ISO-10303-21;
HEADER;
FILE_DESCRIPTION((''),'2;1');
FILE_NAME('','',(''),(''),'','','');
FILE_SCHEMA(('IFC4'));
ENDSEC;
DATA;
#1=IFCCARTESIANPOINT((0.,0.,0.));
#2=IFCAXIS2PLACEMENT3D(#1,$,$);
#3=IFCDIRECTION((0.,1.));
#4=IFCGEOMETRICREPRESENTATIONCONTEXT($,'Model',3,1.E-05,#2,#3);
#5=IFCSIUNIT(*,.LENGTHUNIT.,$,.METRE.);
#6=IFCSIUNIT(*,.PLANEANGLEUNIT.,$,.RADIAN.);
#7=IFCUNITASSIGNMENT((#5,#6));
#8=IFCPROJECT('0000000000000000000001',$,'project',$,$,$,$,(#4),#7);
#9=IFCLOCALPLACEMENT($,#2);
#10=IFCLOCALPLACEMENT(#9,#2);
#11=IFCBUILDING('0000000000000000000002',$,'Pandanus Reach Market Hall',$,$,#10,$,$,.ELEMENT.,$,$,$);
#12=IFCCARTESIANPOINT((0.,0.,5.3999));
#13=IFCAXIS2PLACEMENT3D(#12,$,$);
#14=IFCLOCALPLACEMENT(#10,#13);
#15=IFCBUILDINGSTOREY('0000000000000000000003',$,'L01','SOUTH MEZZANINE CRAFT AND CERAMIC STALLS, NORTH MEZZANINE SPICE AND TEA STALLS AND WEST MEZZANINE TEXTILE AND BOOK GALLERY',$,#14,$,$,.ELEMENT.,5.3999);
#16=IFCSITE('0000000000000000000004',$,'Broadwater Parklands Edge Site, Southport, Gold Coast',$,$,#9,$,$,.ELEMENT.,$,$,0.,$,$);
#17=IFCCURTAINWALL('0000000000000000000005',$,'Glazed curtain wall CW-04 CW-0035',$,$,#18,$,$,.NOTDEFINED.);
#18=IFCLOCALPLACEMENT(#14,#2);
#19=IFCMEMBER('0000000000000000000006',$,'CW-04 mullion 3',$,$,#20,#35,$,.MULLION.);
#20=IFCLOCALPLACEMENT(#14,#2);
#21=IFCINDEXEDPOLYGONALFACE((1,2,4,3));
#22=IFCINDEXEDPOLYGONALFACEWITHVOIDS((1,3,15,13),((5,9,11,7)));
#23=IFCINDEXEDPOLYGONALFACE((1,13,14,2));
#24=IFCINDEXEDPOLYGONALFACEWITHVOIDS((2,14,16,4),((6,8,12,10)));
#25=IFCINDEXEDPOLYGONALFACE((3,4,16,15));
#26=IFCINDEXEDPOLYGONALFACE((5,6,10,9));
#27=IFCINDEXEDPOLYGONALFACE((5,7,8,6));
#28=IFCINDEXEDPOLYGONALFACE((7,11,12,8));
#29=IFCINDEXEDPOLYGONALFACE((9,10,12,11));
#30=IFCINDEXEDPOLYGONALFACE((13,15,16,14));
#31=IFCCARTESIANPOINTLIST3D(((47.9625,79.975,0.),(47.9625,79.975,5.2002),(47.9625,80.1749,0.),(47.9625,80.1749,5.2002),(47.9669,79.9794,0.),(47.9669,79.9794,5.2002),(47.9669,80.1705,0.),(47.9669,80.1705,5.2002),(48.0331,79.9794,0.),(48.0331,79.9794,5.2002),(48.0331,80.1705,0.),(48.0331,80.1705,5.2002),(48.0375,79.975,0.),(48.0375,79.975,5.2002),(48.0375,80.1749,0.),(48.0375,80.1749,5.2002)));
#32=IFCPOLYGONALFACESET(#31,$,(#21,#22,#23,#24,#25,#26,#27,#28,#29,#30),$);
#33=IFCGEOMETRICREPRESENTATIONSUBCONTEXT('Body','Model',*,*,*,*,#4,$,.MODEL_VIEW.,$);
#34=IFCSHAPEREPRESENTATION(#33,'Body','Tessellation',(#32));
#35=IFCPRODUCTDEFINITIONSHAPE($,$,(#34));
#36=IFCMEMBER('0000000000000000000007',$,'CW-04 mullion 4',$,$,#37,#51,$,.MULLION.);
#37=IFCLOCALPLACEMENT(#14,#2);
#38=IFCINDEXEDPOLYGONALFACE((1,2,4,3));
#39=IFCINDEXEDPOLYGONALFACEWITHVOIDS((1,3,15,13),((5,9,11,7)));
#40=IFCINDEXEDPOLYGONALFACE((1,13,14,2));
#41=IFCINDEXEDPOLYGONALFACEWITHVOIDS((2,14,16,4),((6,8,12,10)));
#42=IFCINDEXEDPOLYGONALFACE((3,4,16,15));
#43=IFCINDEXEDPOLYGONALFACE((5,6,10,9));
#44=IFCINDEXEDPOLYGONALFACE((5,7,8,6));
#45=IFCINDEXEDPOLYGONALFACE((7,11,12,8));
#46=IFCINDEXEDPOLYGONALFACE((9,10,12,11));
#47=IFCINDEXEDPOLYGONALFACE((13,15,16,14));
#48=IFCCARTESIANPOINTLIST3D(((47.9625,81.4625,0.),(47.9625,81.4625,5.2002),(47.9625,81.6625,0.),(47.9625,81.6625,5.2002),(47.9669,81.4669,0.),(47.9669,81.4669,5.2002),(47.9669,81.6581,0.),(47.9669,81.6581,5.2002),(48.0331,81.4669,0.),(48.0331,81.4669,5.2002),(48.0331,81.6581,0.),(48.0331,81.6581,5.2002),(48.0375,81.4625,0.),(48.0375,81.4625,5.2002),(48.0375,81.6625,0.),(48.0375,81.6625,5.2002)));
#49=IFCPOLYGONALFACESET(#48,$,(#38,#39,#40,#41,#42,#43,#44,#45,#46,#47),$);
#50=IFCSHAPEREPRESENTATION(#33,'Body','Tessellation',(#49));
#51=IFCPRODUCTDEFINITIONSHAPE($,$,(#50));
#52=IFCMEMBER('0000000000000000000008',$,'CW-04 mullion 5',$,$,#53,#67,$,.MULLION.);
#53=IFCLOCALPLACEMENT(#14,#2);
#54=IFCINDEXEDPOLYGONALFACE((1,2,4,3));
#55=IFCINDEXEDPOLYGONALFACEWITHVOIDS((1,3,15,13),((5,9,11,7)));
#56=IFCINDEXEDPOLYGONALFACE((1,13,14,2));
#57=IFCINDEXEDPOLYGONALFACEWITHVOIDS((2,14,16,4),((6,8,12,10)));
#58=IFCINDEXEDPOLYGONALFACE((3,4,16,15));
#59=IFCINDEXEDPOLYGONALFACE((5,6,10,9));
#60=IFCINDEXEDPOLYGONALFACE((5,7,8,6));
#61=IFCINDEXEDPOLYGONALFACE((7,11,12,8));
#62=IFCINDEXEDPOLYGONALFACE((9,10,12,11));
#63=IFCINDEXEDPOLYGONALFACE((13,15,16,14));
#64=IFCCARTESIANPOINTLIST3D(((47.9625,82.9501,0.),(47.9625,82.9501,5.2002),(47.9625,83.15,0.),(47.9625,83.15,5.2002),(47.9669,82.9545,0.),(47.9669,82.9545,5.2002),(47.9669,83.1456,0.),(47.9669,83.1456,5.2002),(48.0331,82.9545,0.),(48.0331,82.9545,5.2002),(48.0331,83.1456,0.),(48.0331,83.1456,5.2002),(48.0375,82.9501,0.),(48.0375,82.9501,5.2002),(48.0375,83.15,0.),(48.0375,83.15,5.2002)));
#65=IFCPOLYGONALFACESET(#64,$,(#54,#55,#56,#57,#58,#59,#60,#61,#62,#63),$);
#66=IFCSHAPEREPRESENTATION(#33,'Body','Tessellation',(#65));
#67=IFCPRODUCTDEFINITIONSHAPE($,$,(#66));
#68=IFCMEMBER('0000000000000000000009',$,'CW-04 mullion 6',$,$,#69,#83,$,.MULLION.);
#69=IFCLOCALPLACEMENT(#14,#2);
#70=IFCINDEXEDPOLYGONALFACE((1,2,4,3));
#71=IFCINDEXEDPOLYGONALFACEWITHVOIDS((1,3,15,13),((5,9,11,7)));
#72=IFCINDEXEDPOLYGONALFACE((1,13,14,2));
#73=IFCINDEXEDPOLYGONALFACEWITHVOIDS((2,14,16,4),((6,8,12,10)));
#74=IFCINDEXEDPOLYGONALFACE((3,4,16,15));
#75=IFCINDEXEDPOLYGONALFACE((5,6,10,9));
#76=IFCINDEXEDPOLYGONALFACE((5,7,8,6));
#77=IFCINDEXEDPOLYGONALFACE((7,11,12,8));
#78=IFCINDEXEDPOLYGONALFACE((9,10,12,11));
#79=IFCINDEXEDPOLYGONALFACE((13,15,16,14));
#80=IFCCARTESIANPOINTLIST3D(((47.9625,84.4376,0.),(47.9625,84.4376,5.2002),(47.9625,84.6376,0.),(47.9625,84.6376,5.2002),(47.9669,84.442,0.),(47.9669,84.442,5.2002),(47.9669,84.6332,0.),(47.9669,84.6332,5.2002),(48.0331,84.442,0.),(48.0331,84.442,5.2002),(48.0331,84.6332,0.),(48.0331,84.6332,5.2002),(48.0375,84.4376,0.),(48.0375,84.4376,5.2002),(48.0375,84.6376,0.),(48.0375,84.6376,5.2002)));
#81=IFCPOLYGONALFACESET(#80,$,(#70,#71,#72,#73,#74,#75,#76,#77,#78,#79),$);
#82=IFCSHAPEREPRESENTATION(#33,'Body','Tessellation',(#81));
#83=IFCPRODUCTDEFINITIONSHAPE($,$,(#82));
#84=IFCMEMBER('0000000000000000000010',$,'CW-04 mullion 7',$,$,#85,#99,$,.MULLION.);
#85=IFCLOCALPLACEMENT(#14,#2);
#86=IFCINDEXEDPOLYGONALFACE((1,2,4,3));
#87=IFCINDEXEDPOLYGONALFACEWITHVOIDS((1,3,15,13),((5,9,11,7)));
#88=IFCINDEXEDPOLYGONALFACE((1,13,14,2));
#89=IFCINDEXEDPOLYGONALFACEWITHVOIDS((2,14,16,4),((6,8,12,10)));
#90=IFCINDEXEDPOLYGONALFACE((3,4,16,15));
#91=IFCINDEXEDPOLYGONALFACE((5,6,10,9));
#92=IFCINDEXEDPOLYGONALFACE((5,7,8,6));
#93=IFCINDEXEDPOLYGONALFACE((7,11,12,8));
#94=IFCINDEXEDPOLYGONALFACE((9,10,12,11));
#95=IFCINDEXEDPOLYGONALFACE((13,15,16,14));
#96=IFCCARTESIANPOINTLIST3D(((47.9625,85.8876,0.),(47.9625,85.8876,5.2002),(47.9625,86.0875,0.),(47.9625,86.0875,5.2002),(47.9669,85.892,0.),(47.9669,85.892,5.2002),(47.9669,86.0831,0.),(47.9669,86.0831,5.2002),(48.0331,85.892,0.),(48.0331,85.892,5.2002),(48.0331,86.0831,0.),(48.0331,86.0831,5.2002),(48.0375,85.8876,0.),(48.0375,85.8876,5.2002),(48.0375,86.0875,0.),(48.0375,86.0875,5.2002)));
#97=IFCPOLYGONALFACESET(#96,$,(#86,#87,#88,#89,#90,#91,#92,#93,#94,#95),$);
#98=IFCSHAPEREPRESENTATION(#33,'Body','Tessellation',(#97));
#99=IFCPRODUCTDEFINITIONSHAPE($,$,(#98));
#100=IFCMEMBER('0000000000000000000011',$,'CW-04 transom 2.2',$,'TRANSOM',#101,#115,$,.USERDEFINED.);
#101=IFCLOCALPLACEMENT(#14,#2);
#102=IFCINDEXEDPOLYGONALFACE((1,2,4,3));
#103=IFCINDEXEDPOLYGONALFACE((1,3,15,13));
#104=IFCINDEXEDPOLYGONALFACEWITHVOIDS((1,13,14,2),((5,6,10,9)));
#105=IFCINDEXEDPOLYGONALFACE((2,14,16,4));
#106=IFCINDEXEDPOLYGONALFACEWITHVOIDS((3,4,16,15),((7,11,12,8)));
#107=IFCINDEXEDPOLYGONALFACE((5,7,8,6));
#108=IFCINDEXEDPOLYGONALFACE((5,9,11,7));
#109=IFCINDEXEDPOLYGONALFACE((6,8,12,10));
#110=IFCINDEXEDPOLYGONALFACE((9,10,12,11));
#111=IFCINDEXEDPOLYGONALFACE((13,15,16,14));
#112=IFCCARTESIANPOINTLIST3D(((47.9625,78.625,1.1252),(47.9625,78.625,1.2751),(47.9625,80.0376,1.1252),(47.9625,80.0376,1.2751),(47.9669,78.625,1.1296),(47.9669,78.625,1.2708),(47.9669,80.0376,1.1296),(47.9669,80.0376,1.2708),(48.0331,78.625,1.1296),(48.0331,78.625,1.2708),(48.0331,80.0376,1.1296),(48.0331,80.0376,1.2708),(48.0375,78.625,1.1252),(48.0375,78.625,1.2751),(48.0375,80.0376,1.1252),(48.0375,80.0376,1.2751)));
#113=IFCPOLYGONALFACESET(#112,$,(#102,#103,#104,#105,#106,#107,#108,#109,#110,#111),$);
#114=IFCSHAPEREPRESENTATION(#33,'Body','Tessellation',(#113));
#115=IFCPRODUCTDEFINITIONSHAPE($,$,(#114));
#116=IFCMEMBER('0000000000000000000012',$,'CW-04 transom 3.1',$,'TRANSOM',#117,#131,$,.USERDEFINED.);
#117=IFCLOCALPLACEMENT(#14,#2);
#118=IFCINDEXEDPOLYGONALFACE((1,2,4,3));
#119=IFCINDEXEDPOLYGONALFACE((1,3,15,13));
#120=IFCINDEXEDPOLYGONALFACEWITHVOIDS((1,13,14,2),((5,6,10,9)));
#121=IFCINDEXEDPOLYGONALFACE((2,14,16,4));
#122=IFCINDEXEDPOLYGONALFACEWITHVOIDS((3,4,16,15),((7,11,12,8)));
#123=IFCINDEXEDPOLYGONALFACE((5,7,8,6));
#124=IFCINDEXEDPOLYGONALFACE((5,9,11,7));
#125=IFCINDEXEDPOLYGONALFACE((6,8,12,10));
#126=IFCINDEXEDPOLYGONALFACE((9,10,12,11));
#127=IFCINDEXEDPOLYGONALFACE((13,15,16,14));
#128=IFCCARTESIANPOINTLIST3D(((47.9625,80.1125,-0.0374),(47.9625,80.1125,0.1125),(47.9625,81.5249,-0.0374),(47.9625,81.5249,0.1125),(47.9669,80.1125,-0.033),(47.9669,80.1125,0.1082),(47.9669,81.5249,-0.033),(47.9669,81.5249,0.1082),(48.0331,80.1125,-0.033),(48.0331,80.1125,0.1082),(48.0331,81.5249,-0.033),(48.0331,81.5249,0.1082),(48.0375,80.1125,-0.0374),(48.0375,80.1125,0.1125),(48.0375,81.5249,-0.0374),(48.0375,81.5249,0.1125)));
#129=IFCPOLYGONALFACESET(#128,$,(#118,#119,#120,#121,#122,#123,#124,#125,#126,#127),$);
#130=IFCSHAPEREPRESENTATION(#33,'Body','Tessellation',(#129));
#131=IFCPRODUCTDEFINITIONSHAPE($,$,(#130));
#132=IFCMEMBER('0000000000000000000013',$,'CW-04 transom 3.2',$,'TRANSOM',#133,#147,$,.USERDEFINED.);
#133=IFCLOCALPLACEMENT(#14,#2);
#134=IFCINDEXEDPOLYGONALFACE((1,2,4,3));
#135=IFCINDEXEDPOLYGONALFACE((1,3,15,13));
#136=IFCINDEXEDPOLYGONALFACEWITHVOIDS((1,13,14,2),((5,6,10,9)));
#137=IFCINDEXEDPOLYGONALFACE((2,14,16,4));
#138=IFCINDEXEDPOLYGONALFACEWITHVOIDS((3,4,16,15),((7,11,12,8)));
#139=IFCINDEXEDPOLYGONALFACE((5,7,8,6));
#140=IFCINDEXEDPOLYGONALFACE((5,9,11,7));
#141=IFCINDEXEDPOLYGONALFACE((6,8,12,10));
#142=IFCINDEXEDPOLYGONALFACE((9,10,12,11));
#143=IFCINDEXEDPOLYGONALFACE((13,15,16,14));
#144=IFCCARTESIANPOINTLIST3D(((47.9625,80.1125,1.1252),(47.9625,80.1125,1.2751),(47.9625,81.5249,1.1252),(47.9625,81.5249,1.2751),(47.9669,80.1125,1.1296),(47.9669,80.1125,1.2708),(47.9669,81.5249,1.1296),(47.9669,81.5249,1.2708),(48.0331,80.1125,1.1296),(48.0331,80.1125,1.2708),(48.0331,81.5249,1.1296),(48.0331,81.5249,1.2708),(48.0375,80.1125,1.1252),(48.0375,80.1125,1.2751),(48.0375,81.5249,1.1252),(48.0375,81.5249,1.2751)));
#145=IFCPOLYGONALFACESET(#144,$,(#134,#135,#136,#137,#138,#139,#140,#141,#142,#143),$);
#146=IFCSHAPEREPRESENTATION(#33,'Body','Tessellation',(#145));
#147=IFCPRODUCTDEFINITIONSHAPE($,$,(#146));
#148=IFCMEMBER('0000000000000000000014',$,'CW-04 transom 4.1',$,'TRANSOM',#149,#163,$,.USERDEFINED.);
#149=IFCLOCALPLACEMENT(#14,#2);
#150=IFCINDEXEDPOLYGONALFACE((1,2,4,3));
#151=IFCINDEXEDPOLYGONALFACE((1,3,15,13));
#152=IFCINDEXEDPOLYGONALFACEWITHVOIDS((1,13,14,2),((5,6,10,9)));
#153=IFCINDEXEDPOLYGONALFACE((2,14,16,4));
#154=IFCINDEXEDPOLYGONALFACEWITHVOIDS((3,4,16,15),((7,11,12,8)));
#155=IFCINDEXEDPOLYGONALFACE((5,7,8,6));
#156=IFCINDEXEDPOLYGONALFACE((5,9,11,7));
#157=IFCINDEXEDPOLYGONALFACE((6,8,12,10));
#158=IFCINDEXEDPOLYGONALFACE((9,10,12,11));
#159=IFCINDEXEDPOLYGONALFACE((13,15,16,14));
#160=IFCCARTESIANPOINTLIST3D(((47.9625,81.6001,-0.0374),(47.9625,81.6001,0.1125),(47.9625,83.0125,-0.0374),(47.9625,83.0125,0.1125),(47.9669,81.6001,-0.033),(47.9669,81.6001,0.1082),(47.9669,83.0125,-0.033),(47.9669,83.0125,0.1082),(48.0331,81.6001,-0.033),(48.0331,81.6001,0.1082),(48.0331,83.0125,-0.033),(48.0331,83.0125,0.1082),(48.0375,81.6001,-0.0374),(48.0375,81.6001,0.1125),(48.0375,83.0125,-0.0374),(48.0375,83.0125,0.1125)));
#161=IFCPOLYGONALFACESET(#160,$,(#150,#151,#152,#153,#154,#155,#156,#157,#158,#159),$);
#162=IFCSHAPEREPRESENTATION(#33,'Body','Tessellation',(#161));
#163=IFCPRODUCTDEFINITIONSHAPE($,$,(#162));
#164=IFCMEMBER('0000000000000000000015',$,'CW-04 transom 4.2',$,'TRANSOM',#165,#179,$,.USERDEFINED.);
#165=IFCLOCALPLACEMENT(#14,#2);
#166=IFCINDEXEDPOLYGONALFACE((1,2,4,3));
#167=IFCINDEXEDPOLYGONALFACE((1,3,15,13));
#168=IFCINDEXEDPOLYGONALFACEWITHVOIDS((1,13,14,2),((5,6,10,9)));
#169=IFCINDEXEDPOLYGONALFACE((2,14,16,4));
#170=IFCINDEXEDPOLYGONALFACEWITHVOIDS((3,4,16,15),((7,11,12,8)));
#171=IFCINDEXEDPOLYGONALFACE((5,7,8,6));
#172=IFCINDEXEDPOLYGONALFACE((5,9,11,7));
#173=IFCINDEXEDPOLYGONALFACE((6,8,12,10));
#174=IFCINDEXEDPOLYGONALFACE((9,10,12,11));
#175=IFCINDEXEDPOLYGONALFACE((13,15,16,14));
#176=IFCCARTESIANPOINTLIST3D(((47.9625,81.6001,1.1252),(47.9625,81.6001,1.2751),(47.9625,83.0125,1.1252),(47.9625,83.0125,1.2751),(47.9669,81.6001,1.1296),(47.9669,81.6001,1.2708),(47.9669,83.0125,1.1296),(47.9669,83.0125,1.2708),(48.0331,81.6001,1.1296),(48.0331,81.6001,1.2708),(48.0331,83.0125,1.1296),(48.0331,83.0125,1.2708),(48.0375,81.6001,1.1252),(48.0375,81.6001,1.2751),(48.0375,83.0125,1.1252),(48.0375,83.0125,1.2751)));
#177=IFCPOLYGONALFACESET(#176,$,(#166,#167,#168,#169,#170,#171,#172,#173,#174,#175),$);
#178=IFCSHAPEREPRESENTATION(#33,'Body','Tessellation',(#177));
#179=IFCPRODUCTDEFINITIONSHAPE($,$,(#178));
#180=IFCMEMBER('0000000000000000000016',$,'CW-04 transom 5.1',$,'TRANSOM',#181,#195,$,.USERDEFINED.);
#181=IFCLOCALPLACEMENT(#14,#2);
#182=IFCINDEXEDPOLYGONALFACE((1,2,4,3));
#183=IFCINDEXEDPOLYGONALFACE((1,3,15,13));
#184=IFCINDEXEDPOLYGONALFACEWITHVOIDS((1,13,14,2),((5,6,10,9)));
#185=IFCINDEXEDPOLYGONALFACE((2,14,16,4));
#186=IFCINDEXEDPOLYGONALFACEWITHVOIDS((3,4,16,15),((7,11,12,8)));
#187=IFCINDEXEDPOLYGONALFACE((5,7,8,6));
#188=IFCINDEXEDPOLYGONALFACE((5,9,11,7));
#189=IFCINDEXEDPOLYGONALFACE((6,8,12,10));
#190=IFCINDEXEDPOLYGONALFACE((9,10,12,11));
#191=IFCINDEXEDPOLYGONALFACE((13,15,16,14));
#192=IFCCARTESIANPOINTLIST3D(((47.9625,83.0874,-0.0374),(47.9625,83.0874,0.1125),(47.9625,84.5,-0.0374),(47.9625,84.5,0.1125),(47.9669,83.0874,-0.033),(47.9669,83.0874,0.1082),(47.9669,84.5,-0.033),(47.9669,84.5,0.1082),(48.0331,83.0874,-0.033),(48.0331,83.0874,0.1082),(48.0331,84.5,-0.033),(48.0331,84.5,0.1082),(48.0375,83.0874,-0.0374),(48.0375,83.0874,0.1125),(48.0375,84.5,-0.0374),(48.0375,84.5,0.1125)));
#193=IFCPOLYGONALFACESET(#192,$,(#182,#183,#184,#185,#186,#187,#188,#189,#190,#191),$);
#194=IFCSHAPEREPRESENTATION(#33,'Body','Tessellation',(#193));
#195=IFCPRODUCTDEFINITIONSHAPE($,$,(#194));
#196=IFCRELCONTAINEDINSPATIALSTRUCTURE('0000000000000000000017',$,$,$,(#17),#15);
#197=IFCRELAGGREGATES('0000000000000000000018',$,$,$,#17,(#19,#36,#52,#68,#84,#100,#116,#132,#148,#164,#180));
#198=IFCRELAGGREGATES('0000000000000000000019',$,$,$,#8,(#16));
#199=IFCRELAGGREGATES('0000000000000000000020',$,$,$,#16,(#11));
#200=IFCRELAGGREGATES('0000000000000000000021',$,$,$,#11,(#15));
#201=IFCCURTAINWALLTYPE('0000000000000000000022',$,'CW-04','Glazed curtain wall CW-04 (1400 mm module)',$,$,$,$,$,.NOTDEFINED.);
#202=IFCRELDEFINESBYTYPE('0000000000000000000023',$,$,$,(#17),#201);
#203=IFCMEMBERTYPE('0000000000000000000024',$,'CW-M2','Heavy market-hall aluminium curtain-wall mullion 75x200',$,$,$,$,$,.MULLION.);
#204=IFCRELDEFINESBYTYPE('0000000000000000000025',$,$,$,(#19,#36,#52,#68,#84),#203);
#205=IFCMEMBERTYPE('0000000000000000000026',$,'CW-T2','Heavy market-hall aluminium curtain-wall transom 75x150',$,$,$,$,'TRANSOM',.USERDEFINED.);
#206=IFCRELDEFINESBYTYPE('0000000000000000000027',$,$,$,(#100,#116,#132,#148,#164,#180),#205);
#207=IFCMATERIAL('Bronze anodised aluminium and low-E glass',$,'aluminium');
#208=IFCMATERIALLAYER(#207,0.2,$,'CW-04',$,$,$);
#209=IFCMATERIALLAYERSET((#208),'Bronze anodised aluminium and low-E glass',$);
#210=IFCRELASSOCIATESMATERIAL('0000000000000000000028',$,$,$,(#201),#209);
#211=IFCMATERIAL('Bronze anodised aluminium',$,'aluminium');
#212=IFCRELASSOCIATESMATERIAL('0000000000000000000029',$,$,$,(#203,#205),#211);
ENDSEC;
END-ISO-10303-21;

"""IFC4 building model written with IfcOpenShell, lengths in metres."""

from ifc_helpers import new_model, si_unit, direction, frame, origin, origin_2d, place, context, subcontext, project, spatial, hollow_rectangle, extrude, material, layer, layer_set, material_profile, profile_set, type_object, element, aggregate, save


model = new_model("IFC4")

# Units and contexts
model_context = context("Model", 3, precision=1e-05, world=origin(), true_north=direction((0.0, 1.0)))
body_context = subcontext(model_context, "Body", "Model", "MODEL_VIEW")
ifc_project = project(units=[si_unit("LENGTHUNIT", "METRE"), si_unit("PLANEANGLEUNIT", "RADIAN")], contexts=[model_context])

# Site, building, storey
site_placement = place(None, origin())
site = spatial("IfcSite", under=ifc_project, at=site_placement, Name="Broadwater Parklands Edge Site, Southport, Gold Coast", CompositionType="ELEMENT", RefElevation=0.0)
building_placement = place(site_placement, origin())
building = spatial("IfcBuilding", under=site, at=building_placement, Name="Pandanus Reach Market Hall", CompositionType="ELEMENT")
storey_placement = place(building_placement, frame((0.0, 0.0, 5.3999)))
storey = spatial("IfcBuildingStorey", under=building, at=storey_placement, Name="L01", Description="SOUTH MEZZANINE CRAFT AND CERAMIC STALLS, NORTH MEZZANINE SPICE AND TEA STALLS AND WEST MEZZANINE TEXTILE AND BOOK GALLERY", CompositionType="ELEMENT", Elevation=5.3999)

# Curtain wall, members
ifc_material_1 = material(Name="Bronze anodised aluminium and low-E glass", Category="aluminium")
ifc_layer_1 = layer(ifc_material_1, 0.2, Name="CW-04")
ifc_layer_set_1 = layer_set([ifc_layer_1], Name="Bronze anodised aluminium and low-E glass")
curtain_wall_type = type_object("IfcCurtainWallType", Name="CW-04", Description="Glazed curtain wall CW-04 (1400 mm module)", PredefinedType="NOTDEFINED", material=ifc_layer_set_1)
curtain_wall_placement = place(storey_placement, origin())
curtain_wall = element("IfcCurtainWall", 1, at=curtain_wall_placement, inside=storey, type_object=curtain_wall_type, Name="Glazed curtain wall CW-04 CW-0035", PredefinedType="NOTDEFINED")
ifc_material_2 = material(Name="Bronze anodised aluminium", Category="aluminium")
ifc_material_profile_1 = material_profile(ifc_material_2, hollow_rectangle(XDim=0.075, YDim=0.2, WallThickness=0.0044, at=origin_2d()), Name="ALU75x200", Category="LoadBearing")
ifc_profile_set_1 = profile_set([ifc_material_profile_1], Name="Bronze anodised aluminium")
member_type_1 = type_object("IfcMemberType", Name="CW-M2", Description="Heavy market-hall aluminium curtain-wall mullion 75x200", PredefinedType="MULLION", material=ifc_profile_set_1)
member_1_placement = place(storey_placement, frame((48.0, 80.075, 0.0), z_axis=(0.0, 0.0, 1.0), x_axis=(-1.0, 0.0, 0.0)))
member_1 = element("IfcMember", 2, at=member_1_placement, type_object=member_type_1, Name="CW-04 mullion 3", PredefinedType="MULLION", context=body_context, shape_type="SweptSolid", body=[
    extrude(hollow_rectangle(XDim=0.075, YDim=0.2, WallThickness=0.0044, at=origin_2d()), origin(), (0.0, 0.0, 1.0), 5.2002),
])
member_2_placement = place(storey_placement, frame((48.0, 81.5625, 0.0), z_axis=(0.0, 0.0, 1.0), x_axis=(-1.0, 0.0, 0.0)))
member_2 = element("IfcMember", 3, at=member_2_placement, type_object=member_type_1, Name="CW-04 mullion 4", PredefinedType="MULLION", context=body_context, shape_type="SweptSolid", body=[
    extrude(hollow_rectangle(XDim=0.075, YDim=0.2, WallThickness=0.0044, at=origin_2d()), origin(), (0.0, 0.0, 1.0), 5.2002),
])
member_3_placement = place(storey_placement, frame((48.0, 83.05, 0.0), z_axis=(0.0, 0.0, 1.0), x_axis=(-1.0, 0.0, 0.0)))
member_3 = element("IfcMember", 4, at=member_3_placement, type_object=member_type_1, Name="CW-04 mullion 5", PredefinedType="MULLION", context=body_context, shape_type="SweptSolid", body=[
    extrude(hollow_rectangle(XDim=0.075, YDim=0.2, WallThickness=0.0044, at=origin_2d()), origin(), (0.0, 0.0, 1.0), 5.2002),
])
member_4_placement = place(storey_placement, frame((48.0, 84.5376, 0.0), z_axis=(0.0, 0.0, 1.0), x_axis=(-1.0, 0.0, 0.0)))
member_4 = element("IfcMember", 5, at=member_4_placement, type_object=member_type_1, Name="CW-04 mullion 6", PredefinedType="MULLION", context=body_context, shape_type="SweptSolid", body=[
    extrude(hollow_rectangle(XDim=0.075, YDim=0.2, WallThickness=0.0044, at=origin_2d()), origin(), (0.0, 0.0, 1.0), 5.2002),
])
member_5_placement = place(storey_placement, frame((48.0, 85.9875, 0.0), z_axis=(0.0, 0.0, 1.0), x_axis=(-1.0, 0.0, 0.0)))
member_5 = element("IfcMember", 6, at=member_5_placement, type_object=member_type_1, Name="CW-04 mullion 7", PredefinedType="MULLION", context=body_context, shape_type="SweptSolid", body=[
    extrude(hollow_rectangle(XDim=0.075, YDim=0.2, WallThickness=0.0044, at=origin_2d()), origin(), (0.0, 0.0, 1.0), 5.2002),
])
ifc_material_profile_2 = material_profile(ifc_material_2, hollow_rectangle(XDim=0.075, YDim=0.1499, WallThickness=0.0044, at=origin_2d()), Name="ALU75x150", Category="LoadBearing")
ifc_profile_set_2 = profile_set([ifc_material_profile_2], Name="Bronze anodised aluminium")
member_type_2 = type_object("IfcMemberType", Name="CW-T2", Description="Heavy market-hall aluminium curtain-wall transom 75x150", ElementType="TRANSOM", PredefinedType="USERDEFINED", material=ifc_profile_set_2)
member_6_placement = place(storey_placement, frame((48.0, 78.625, 1.2002), z_axis=(0.0, 1.0, 0.0), x_axis=(-1.0, 0.0, 0.0)))
member_6 = element("IfcMember", 7, at=member_6_placement, type_object=member_type_2, Name="CW-04 transom 2.2", ObjectType="TRANSOM", PredefinedType="USERDEFINED", context=body_context, shape_type="SweptSolid", body=[
    extrude(hollow_rectangle(XDim=0.075, YDim=0.1499, WallThickness=0.0044, at=origin_2d()), origin(), (0.0, 0.0, 1.0), 1.4126),
])
member_7_placement = place(storey_placement, frame((48.0, 80.1125, 0.0376), z_axis=(0.0, 1.0, 0.0), x_axis=(-1.0, 0.0, 0.0)))
member_7 = element("IfcMember", 8, at=member_7_placement, type_object=member_type_2, Name="CW-04 transom 3.1", ObjectType="TRANSOM", PredefinedType="USERDEFINED", context=body_context, shape_type="SweptSolid", body=[
    extrude(hollow_rectangle(XDim=0.075, YDim=0.1499, WallThickness=0.0044, at=origin_2d()), origin(), (0.0, 0.0, 1.0), 1.4124),
])
member_8_placement = place(storey_placement, frame((48.0, 80.1125, 1.2002), z_axis=(0.0, 1.0, 0.0), x_axis=(-1.0, 0.0, 0.0)))
member_8 = element("IfcMember", 9, at=member_8_placement, type_object=member_type_2, Name="CW-04 transom 3.2", ObjectType="TRANSOM", PredefinedType="USERDEFINED", context=body_context, shape_type="SweptSolid", body=[
    extrude(hollow_rectangle(XDim=0.075, YDim=0.1499, WallThickness=0.0044, at=origin_2d()), origin(), (0.0, 0.0, 1.0), 1.4124),
])
member_9_placement = place(storey_placement, frame((48.0, 81.6001, 0.0376), z_axis=(0.0, 1.0, 0.0), x_axis=(-1.0, 0.0, 0.0)))
member_9 = element("IfcMember", 10, at=member_9_placement, type_object=member_type_2, Name="CW-04 transom 4.1", ObjectType="TRANSOM", PredefinedType="USERDEFINED", context=body_context, shape_type="SweptSolid", body=[
    extrude(hollow_rectangle(XDim=0.075, YDim=0.1499, WallThickness=0.0044, at=origin_2d()), origin(), (0.0, 0.0, 1.0), 1.4124),
])
member_10_placement = place(storey_placement, frame((48.0, 81.6001, 1.2002), z_axis=(0.0, 1.0, 0.0), x_axis=(-1.0, 0.0, 0.0)))
member_10 = element("IfcMember", 11, at=member_10_placement, type_object=member_type_2, Name="CW-04 transom 4.2", ObjectType="TRANSOM", PredefinedType="USERDEFINED", context=body_context, shape_type="SweptSolid", body=[
    extrude(hollow_rectangle(XDim=0.075, YDim=0.1499, WallThickness=0.0044, at=origin_2d()), origin(), (0.0, 0.0, 1.0), 1.4124),
])
member_11_placement = place(storey_placement, frame((48.0, 83.0874, 0.0376), z_axis=(0.0, 1.0, 0.0), x_axis=(-1.0, 0.0, 0.0)))
member_11 = element("IfcMember", 12, at=member_11_placement, type_object=member_type_2, Name="CW-04 transom 5.1", ObjectType="TRANSOM", PredefinedType="USERDEFINED", context=body_context, shape_type="SweptSolid", body=[
    extrude(hollow_rectangle(XDim=0.075, YDim=0.1499, WallThickness=0.0044, at=origin_2d()), origin(), (0.0, 0.0, 1.0), 1.4126),
])
aggregate(curtain_wall, [member_1, member_2, member_3, member_4, member_5, member_6, member_7, member_8, member_9, member_10, member_11])

save(model, "model.ifc")
